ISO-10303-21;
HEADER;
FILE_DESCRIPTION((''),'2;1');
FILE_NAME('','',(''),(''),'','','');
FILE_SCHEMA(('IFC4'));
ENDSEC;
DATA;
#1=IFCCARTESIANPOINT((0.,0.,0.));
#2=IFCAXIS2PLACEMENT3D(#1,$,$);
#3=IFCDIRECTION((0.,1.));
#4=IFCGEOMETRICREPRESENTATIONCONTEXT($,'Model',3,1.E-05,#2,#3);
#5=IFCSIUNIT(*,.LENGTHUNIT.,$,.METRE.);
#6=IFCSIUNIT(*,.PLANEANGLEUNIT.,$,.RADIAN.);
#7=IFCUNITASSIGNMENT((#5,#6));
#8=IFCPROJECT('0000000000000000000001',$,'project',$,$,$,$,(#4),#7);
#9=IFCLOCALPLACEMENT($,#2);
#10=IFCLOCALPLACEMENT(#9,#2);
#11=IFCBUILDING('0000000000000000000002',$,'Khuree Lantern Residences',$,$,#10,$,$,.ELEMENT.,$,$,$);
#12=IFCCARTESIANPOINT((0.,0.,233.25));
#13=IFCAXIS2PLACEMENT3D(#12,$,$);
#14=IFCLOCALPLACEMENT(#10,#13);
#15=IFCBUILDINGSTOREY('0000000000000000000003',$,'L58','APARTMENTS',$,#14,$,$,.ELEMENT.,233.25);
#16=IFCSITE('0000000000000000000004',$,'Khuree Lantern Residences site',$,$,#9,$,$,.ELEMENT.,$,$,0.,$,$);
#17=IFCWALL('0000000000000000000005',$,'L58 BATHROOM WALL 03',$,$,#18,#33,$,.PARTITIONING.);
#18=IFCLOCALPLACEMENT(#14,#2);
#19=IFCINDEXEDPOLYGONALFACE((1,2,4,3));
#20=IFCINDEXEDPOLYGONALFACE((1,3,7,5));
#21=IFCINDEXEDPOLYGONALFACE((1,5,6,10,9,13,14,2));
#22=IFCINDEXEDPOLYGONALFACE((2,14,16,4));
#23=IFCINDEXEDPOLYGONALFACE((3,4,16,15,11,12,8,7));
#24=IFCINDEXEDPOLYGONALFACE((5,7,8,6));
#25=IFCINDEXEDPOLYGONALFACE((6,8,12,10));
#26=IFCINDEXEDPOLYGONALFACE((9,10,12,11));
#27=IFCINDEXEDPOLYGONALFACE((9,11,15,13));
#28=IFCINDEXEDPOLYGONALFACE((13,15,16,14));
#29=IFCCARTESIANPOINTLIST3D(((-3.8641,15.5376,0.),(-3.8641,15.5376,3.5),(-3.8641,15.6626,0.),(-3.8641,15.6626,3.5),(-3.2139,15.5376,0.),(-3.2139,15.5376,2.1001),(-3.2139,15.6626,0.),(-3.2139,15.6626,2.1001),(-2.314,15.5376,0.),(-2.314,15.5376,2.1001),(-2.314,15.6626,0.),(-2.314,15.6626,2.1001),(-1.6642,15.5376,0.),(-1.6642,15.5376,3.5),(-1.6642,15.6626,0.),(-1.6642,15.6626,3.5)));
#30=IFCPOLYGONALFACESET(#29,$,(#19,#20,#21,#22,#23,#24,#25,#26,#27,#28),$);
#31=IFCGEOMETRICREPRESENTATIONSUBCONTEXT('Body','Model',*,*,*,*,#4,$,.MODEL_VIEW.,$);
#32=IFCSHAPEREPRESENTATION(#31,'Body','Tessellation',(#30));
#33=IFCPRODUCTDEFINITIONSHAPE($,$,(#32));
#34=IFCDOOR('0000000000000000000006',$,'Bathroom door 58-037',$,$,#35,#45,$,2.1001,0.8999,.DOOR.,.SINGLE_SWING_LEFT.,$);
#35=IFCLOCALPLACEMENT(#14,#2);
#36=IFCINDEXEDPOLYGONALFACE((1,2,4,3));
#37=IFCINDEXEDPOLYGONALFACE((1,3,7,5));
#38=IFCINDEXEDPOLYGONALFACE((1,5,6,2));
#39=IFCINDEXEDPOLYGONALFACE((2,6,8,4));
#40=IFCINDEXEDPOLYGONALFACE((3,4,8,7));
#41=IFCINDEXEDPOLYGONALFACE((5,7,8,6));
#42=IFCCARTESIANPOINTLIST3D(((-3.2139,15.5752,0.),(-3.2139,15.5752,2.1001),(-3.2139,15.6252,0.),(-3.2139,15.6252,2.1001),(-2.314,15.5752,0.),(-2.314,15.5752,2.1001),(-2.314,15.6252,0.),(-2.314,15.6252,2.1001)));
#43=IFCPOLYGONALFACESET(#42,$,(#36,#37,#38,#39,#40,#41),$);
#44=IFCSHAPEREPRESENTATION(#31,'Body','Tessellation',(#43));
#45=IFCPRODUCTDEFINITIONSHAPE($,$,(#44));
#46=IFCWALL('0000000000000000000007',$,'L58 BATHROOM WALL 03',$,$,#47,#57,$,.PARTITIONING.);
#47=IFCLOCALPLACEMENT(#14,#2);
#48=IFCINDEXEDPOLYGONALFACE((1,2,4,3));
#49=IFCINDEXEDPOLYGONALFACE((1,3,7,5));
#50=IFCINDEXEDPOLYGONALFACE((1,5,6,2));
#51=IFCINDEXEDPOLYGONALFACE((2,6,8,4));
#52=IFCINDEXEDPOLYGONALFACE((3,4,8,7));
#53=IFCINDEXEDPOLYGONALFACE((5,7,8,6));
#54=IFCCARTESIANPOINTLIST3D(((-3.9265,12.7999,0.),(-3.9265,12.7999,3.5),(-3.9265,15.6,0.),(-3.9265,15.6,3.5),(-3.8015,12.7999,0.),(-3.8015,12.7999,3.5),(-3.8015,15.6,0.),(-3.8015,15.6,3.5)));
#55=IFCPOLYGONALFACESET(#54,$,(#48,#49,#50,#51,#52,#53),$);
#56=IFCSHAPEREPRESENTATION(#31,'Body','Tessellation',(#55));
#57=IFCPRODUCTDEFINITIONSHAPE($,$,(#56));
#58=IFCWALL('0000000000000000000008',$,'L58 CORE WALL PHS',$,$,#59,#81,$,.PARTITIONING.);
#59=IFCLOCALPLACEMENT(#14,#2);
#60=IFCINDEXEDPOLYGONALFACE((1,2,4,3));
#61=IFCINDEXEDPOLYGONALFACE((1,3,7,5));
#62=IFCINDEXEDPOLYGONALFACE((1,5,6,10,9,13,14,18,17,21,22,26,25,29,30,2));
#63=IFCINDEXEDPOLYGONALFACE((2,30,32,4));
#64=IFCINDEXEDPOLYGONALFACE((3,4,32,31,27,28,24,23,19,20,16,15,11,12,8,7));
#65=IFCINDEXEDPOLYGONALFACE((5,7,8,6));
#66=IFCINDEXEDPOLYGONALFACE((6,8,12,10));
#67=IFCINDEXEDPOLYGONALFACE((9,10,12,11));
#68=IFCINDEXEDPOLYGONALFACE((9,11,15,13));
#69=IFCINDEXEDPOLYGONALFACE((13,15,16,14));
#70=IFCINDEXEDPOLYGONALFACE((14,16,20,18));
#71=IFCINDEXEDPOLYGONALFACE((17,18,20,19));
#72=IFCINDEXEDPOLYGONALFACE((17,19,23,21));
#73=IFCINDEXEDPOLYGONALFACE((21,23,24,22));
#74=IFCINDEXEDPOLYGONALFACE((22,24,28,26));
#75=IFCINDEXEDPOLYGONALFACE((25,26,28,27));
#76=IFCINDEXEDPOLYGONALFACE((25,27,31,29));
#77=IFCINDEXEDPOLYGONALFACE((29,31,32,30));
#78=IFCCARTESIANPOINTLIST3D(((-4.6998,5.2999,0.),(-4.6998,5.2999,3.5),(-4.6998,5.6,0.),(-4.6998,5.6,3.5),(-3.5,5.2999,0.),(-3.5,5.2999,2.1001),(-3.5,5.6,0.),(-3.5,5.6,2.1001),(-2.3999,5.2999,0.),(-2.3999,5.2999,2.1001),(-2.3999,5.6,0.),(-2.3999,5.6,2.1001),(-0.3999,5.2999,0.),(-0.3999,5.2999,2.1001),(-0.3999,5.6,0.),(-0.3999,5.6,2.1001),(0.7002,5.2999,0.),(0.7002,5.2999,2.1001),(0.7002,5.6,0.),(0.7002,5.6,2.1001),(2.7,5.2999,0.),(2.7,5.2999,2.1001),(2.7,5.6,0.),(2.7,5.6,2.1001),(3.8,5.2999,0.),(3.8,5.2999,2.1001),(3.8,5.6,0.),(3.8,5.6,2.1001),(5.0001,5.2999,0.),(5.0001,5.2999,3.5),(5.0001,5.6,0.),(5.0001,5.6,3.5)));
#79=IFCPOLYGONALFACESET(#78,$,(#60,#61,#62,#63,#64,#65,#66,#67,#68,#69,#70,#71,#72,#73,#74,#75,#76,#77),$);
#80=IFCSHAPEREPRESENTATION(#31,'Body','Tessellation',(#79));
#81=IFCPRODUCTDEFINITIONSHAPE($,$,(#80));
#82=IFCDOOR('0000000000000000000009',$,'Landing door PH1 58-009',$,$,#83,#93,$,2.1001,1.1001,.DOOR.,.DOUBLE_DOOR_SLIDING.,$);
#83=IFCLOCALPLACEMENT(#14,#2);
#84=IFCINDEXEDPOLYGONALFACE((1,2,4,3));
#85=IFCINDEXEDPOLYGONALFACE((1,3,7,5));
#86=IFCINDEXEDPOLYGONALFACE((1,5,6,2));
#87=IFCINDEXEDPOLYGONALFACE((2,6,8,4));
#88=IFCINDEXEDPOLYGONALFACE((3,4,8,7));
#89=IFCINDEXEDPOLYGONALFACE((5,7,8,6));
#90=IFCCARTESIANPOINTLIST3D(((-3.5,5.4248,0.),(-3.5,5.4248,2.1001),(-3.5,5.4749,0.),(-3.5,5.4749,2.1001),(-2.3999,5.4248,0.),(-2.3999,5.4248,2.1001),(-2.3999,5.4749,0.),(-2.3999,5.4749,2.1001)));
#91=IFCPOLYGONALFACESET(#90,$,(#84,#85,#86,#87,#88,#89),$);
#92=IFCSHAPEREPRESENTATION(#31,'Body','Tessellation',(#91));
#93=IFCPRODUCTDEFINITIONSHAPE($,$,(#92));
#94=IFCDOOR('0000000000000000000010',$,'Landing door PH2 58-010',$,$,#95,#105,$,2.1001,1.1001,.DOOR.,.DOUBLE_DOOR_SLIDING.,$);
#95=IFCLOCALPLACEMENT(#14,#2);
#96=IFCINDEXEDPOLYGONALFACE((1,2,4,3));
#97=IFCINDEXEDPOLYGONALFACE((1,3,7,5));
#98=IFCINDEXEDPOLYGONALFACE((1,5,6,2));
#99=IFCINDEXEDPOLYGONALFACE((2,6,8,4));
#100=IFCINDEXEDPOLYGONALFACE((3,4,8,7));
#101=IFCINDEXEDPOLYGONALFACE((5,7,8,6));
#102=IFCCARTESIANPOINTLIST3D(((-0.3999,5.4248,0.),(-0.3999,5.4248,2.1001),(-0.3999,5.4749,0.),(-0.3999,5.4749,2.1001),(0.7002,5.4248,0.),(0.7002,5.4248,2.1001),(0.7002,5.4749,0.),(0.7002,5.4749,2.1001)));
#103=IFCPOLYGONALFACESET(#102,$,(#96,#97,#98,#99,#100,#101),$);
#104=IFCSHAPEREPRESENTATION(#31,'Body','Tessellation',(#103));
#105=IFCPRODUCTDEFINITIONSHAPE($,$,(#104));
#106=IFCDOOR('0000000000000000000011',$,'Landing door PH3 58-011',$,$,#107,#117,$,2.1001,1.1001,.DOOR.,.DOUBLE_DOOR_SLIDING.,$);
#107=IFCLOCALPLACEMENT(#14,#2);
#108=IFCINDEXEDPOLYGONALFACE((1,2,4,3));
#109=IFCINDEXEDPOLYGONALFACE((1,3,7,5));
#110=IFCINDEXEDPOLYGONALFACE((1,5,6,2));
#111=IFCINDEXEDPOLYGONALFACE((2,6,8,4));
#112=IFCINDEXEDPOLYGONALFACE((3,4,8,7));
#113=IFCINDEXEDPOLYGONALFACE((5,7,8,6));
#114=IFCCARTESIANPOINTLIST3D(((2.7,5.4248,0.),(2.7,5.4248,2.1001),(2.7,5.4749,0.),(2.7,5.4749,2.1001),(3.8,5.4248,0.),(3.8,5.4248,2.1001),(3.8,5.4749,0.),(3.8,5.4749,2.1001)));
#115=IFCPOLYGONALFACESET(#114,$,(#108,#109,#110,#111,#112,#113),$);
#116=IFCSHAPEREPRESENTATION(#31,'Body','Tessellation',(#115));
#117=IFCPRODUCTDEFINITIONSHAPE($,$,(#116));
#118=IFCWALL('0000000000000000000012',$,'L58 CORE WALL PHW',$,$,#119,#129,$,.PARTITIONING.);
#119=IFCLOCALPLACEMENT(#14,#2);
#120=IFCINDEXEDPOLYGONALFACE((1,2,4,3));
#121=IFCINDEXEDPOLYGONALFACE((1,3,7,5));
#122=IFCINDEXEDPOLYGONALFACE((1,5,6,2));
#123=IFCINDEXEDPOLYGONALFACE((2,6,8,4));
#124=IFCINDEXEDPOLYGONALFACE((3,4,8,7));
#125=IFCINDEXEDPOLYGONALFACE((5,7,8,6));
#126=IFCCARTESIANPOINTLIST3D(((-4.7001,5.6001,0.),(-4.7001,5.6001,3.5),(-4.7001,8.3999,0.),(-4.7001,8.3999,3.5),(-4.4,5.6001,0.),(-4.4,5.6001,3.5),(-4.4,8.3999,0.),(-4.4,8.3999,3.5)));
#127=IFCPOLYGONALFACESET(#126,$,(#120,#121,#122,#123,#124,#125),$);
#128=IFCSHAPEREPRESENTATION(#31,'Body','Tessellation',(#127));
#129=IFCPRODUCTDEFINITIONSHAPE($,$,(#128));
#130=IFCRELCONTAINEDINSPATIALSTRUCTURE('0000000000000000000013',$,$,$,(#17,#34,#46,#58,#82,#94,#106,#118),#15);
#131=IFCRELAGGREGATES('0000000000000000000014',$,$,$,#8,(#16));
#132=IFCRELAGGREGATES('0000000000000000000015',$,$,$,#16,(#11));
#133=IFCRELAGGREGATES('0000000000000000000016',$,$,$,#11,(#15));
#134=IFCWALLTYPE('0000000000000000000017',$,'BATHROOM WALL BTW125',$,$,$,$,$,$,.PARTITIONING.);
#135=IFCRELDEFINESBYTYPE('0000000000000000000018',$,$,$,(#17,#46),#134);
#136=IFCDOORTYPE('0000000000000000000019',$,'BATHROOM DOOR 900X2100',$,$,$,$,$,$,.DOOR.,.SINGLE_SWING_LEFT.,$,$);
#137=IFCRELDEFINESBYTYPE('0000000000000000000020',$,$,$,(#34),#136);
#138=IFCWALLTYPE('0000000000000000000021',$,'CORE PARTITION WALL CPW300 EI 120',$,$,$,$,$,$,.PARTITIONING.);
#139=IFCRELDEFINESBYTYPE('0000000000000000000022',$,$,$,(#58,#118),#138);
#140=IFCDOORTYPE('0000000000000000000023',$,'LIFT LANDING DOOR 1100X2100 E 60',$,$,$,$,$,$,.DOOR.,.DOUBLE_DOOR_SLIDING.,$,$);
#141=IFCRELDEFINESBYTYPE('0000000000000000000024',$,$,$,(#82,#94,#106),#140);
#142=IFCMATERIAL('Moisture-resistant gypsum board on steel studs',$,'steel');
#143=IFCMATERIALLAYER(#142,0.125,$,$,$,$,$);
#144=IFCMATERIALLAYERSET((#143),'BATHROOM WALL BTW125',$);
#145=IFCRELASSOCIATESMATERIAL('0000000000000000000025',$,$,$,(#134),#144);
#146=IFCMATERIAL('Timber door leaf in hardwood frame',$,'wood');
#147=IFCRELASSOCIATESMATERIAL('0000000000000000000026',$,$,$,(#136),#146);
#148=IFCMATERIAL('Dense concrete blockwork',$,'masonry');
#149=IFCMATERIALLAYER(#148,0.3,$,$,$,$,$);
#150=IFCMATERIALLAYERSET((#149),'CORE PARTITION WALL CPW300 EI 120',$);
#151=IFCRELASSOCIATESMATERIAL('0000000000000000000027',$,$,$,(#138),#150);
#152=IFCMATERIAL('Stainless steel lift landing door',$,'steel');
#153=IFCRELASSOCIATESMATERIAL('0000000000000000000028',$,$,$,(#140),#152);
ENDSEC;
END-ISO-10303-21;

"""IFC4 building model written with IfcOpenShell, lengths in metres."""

from ifc_helpers import new_model, si_unit, direction, frame, frame_2d, origin, place, context, subcontext, project, spatial, rectangle, extrude, material, layer, layer_set, type_object, element, fill, save


model = new_model("IFC4")

# Units and contexts
model_context = context("Model", 3, precision=1e-05, world=origin(), true_north=direction((0.0, 1.0)))
body_context = subcontext(model_context, "Body", "Model", "MODEL_VIEW")
ifc_project = project(units=[si_unit("LENGTHUNIT", "METRE"), si_unit("PLANEANGLEUNIT", "RADIAN")], contexts=[model_context])

# Site, building, storey
site_placement = place(None, origin())
site = spatial("IfcSite", under=ifc_project, at=site_placement, Name="Khuree Lantern Residences site", CompositionType="ELEMENT", RefElevation=0.0)
building_placement = place(site_placement, origin())
building = spatial("IfcBuilding", under=site, at=building_placement, Name="Khuree Lantern Residences", CompositionType="ELEMENT")
storey_placement = place(building_placement, frame((0.0, 0.0, 233.25)))
storey = spatial("IfcBuildingStorey", under=building, at=storey_placement, Name="L58", Description="APARTMENTS", CompositionType="ELEMENT", Elevation=233.25)

# Wall, opening, door
ifc_material_1 = material(Name="Moisture-resistant gypsum board on steel studs", Category="steel")
ifc_layer_1 = layer(ifc_material_1, 0.125)
ifc_layer_set_1 = layer_set([ifc_layer_1], Name="BATHROOM WALL BTW125")
wall_type_1 = type_object("IfcWallType", Name="BATHROOM WALL BTW125", PredefinedType="PARTITIONING", material=ifc_layer_set_1)
wall_1_placement = place(storey_placement, frame((-1.6641, 15.6001, 0.0), z_axis=(0.0, 0.0, 1.0), x_axis=(-1.0, 0.0, 0.0)))
wall_1 = element("IfcWall", 1, at=wall_1_placement, inside=storey, type_object=wall_type_1, Name="L58 BATHROOM WALL 03", PredefinedType="PARTITIONING", context=body_context, shape_type="SweptSolid", body=[
    extrude(rectangle(XDim=2.2, YDim=0.125, at=frame_2d((1.1001, 0.0))), origin(), (0.0, 0.0, 1.0), 3.5),
])
opening_1_placement = place(wall_1_placement, frame((0.6499, 0.0, 0.0)))
opening_1 = element("IfcOpeningElement", 2, at=opening_1_placement, cuts=wall_1, PredefinedType="OPENING", context=body_context, shape_type="SweptSolid", body=[
    extrude(rectangle(XDim=0.8999, YDim=2.1001, at=frame_2d((0.45, 1.05))), frame((0.0, 0.0725, 0.0), z_axis=(0.0, -1.0, 0.0), x_axis=(1.0, 0.0, 0.0)), (0.0, 0.0, 1.0), 0.145),
])
ifc_material_2 = material(Name="Timber door leaf in hardwood frame", Category="wood")
door_type_1 = type_object("IfcDoorType", Name="BATHROOM DOOR 900X2100", OperationType="SINGLE_SWING_LEFT", PredefinedType="DOOR", material=ifc_material_2)
door_1_placement = place(opening_1_placement, origin())
door_1 = element("IfcDoor", 3, at=door_1_placement, inside=storey, type_object=door_type_1, Name="Bathroom door 58-037", OperationType="SINGLE_SWING_LEFT", OverallHeight=2.1001, OverallWidth=0.8999, PredefinedType="DOOR", context=body_context, shape_type="SweptSolid", body=[
    extrude(rectangle(XDim=0.8999, YDim=2.1001, at=frame_2d((0.45, 1.05))), frame((0.0, 0.0249, 0.0), z_axis=(0.0, -1.0, 0.0), x_axis=(1.0, 0.0, 0.0)), (0.0, 0.0, 1.0), 0.05),
])
fill(opening_1, door_1)

# Wall
wall_2_placement = place(storey_placement, frame((-3.864, 12.8, 0.0), z_axis=(0.0, 0.0, 1.0), x_axis=(0.0, 1.0, 0.0)))
element("IfcWall", 4, at=wall_2_placement, inside=storey, type_object=wall_type_1, Name="L58 BATHROOM WALL 03", PredefinedType="PARTITIONING", context=body_context, shape_type="SweptSolid", body=[
    extrude(rectangle(XDim=2.8, YDim=0.125, at=frame_2d((1.3999, 0.0))), origin(), (0.0, 0.0, 1.0), 3.5),
])

# Wall, openings, doors
ifc_material_3 = material(Name="Dense concrete blockwork", Category="masonry")
ifc_layer_2 = layer(ifc_material_3, 0.3)
ifc_layer_set_2 = layer_set([ifc_layer_2], Name="CORE PARTITION WALL CPW300 EI 120")
wall_type_2 = type_object("IfcWallType", Name="CORE PARTITION WALL CPW300 EI 120", PredefinedType="PARTITIONING", material=ifc_layer_set_2)
wall_3_placement = place(storey_placement, frame((-4.7, 5.45, 0.0), z_axis=(0.0, 0.0, 1.0), x_axis=(1.0, 0.0, 0.0)))
wall_3 = element("IfcWall", 5, at=wall_3_placement, inside=storey, type_object=wall_type_2, Name="L58 CORE WALL PHS", PredefinedType="PARTITIONING", context=body_context, shape_type="SweptSolid", body=[
    extrude(rectangle(XDim=9.7, YDim=0.3, at=frame_2d((4.8501, 0.0))), origin(), (0.0, 0.0, 1.0), 3.5),
])
opening_2_placement = place(wall_3_placement, frame((1.2, 0.0, 0.0)))
opening_2 = element("IfcOpeningElement", 6, at=opening_2_placement, cuts=wall_3, PredefinedType="OPENING", context=body_context, shape_type="SweptSolid", body=[
    extrude(rectangle(XDim=1.1001, YDim=2.1001, at=frame_2d((0.55, 1.05))), frame((0.0, 0.1602, 0.0), z_axis=(0.0, -1.0, 0.0), x_axis=(1.0, 0.0, 0.0)), (0.0, 0.0, 1.0), 0.3201),
])
opening_3_placement = place(wall_3_placement, frame((4.3, 0.0, 0.0)))
opening_3 = element("IfcOpeningElement", 7, at=opening_3_placement, cuts=wall_3, PredefinedType="OPENING", context=body_context, shape_type="SweptSolid", body=[
    extrude(rectangle(XDim=1.1001, YDim=2.1001, at=frame_2d((0.55, 1.05))), frame((0.0, 0.1602, 0.0), z_axis=(0.0, -1.0, 0.0), x_axis=(1.0, 0.0, 0.0)), (0.0, 0.0, 1.0), 0.3201),
])
opening_4_placement = place(wall_3_placement, frame((7.3999, 0.0, 0.0)))
opening_4 = element("IfcOpeningElement", 8, at=opening_4_placement, cuts=wall_3, PredefinedType="OPENING", context=body_context, shape_type="SweptSolid", body=[
    extrude(rectangle(XDim=1.1001, YDim=2.1001, at=frame_2d((0.55, 1.05))), frame((0.0, 0.1602, 0.0), z_axis=(0.0, -1.0, 0.0), x_axis=(1.0, 0.0, 0.0)), (0.0, 0.0, 1.0), 0.3201),
])
ifc_material_4 = material(Name="Stainless steel lift landing door", Category="steel")
door_type_2 = type_object("IfcDoorType", Name="LIFT LANDING DOOR 1100X2100 E 60", OperationType="DOUBLE_DOOR_SLIDING", PredefinedType="DOOR", material=ifc_material_4)
door_2_placement = place(opening_2_placement, origin())
door_2 = element("IfcDoor", 9, at=door_2_placement, inside=storey, type_object=door_type_2, Name="Landing door PH1 58-009", OperationType="DOUBLE_DOOR_SLIDING", OverallHeight=2.1001, OverallWidth=1.1001, PredefinedType="DOOR", context=body_context, shape_type="SweptSolid", body=[
    extrude(rectangle(XDim=1.1001, YDim=2.1001, at=frame_2d((0.55, 1.05))), frame((0.0, 0.0249, 0.0), z_axis=(0.0, -1.0, 0.0), x_axis=(1.0, 0.0, 0.0)), (0.0, 0.0, 1.0), 0.05),
])
fill(opening_2, door_2)
door_3_placement = place(opening_3_placement, origin())
door_3 = element("IfcDoor", 10, at=door_3_placement, inside=storey, type_object=door_type_2, Name="Landing door PH2 58-010", OperationType="DOUBLE_DOOR_SLIDING", OverallHeight=2.1001, OverallWidth=1.1001, PredefinedType="DOOR", context=body_context, shape_type="SweptSolid", body=[
    extrude(rectangle(XDim=1.1001, YDim=2.1001, at=frame_2d((0.55, 1.05))), frame((0.0, 0.0249, 0.0), z_axis=(0.0, -1.0, 0.0), x_axis=(1.0, 0.0, 0.0)), (0.0, 0.0, 1.0), 0.05),
])
fill(opening_3, door_3)
door_4_placement = place(opening_4_placement, origin())
door_4 = element("IfcDoor", 11, at=door_4_placement, inside=storey, type_object=door_type_2, Name="Landing door PH3 58-011", OperationType="DOUBLE_DOOR_SLIDING", OverallHeight=2.1001, OverallWidth=1.1001, PredefinedType="DOOR", context=body_context, shape_type="SweptSolid", body=[
    extrude(rectangle(XDim=1.1001, YDim=2.1001, at=frame_2d((0.55, 1.05))), frame((0.0, 0.0249, 0.0), z_axis=(0.0, -1.0, 0.0), x_axis=(1.0, 0.0, 0.0)), (0.0, 0.0, 1.0), 0.05),
])
fill(opening_4, door_4)

# Wall
wall_4_placement = place(storey_placement, frame((-4.55, 5.6001, 0.0), z_axis=(0.0, 0.0, 1.0), x_axis=(0.0, 1.0, 0.0)))
element("IfcWall", 12, at=wall_4_placement, inside=storey, type_object=wall_type_2, Name="L58 CORE WALL PHW", PredefinedType="PARTITIONING", context=body_context, shape_type="SweptSolid", body=[
    extrude(rectangle(XDim=2.7998, YDim=0.3, at=frame_2d((1.3999, 0.0))), origin(), (0.0, 0.0, 1.0), 3.5),
])

save(model, "model.ifc")
